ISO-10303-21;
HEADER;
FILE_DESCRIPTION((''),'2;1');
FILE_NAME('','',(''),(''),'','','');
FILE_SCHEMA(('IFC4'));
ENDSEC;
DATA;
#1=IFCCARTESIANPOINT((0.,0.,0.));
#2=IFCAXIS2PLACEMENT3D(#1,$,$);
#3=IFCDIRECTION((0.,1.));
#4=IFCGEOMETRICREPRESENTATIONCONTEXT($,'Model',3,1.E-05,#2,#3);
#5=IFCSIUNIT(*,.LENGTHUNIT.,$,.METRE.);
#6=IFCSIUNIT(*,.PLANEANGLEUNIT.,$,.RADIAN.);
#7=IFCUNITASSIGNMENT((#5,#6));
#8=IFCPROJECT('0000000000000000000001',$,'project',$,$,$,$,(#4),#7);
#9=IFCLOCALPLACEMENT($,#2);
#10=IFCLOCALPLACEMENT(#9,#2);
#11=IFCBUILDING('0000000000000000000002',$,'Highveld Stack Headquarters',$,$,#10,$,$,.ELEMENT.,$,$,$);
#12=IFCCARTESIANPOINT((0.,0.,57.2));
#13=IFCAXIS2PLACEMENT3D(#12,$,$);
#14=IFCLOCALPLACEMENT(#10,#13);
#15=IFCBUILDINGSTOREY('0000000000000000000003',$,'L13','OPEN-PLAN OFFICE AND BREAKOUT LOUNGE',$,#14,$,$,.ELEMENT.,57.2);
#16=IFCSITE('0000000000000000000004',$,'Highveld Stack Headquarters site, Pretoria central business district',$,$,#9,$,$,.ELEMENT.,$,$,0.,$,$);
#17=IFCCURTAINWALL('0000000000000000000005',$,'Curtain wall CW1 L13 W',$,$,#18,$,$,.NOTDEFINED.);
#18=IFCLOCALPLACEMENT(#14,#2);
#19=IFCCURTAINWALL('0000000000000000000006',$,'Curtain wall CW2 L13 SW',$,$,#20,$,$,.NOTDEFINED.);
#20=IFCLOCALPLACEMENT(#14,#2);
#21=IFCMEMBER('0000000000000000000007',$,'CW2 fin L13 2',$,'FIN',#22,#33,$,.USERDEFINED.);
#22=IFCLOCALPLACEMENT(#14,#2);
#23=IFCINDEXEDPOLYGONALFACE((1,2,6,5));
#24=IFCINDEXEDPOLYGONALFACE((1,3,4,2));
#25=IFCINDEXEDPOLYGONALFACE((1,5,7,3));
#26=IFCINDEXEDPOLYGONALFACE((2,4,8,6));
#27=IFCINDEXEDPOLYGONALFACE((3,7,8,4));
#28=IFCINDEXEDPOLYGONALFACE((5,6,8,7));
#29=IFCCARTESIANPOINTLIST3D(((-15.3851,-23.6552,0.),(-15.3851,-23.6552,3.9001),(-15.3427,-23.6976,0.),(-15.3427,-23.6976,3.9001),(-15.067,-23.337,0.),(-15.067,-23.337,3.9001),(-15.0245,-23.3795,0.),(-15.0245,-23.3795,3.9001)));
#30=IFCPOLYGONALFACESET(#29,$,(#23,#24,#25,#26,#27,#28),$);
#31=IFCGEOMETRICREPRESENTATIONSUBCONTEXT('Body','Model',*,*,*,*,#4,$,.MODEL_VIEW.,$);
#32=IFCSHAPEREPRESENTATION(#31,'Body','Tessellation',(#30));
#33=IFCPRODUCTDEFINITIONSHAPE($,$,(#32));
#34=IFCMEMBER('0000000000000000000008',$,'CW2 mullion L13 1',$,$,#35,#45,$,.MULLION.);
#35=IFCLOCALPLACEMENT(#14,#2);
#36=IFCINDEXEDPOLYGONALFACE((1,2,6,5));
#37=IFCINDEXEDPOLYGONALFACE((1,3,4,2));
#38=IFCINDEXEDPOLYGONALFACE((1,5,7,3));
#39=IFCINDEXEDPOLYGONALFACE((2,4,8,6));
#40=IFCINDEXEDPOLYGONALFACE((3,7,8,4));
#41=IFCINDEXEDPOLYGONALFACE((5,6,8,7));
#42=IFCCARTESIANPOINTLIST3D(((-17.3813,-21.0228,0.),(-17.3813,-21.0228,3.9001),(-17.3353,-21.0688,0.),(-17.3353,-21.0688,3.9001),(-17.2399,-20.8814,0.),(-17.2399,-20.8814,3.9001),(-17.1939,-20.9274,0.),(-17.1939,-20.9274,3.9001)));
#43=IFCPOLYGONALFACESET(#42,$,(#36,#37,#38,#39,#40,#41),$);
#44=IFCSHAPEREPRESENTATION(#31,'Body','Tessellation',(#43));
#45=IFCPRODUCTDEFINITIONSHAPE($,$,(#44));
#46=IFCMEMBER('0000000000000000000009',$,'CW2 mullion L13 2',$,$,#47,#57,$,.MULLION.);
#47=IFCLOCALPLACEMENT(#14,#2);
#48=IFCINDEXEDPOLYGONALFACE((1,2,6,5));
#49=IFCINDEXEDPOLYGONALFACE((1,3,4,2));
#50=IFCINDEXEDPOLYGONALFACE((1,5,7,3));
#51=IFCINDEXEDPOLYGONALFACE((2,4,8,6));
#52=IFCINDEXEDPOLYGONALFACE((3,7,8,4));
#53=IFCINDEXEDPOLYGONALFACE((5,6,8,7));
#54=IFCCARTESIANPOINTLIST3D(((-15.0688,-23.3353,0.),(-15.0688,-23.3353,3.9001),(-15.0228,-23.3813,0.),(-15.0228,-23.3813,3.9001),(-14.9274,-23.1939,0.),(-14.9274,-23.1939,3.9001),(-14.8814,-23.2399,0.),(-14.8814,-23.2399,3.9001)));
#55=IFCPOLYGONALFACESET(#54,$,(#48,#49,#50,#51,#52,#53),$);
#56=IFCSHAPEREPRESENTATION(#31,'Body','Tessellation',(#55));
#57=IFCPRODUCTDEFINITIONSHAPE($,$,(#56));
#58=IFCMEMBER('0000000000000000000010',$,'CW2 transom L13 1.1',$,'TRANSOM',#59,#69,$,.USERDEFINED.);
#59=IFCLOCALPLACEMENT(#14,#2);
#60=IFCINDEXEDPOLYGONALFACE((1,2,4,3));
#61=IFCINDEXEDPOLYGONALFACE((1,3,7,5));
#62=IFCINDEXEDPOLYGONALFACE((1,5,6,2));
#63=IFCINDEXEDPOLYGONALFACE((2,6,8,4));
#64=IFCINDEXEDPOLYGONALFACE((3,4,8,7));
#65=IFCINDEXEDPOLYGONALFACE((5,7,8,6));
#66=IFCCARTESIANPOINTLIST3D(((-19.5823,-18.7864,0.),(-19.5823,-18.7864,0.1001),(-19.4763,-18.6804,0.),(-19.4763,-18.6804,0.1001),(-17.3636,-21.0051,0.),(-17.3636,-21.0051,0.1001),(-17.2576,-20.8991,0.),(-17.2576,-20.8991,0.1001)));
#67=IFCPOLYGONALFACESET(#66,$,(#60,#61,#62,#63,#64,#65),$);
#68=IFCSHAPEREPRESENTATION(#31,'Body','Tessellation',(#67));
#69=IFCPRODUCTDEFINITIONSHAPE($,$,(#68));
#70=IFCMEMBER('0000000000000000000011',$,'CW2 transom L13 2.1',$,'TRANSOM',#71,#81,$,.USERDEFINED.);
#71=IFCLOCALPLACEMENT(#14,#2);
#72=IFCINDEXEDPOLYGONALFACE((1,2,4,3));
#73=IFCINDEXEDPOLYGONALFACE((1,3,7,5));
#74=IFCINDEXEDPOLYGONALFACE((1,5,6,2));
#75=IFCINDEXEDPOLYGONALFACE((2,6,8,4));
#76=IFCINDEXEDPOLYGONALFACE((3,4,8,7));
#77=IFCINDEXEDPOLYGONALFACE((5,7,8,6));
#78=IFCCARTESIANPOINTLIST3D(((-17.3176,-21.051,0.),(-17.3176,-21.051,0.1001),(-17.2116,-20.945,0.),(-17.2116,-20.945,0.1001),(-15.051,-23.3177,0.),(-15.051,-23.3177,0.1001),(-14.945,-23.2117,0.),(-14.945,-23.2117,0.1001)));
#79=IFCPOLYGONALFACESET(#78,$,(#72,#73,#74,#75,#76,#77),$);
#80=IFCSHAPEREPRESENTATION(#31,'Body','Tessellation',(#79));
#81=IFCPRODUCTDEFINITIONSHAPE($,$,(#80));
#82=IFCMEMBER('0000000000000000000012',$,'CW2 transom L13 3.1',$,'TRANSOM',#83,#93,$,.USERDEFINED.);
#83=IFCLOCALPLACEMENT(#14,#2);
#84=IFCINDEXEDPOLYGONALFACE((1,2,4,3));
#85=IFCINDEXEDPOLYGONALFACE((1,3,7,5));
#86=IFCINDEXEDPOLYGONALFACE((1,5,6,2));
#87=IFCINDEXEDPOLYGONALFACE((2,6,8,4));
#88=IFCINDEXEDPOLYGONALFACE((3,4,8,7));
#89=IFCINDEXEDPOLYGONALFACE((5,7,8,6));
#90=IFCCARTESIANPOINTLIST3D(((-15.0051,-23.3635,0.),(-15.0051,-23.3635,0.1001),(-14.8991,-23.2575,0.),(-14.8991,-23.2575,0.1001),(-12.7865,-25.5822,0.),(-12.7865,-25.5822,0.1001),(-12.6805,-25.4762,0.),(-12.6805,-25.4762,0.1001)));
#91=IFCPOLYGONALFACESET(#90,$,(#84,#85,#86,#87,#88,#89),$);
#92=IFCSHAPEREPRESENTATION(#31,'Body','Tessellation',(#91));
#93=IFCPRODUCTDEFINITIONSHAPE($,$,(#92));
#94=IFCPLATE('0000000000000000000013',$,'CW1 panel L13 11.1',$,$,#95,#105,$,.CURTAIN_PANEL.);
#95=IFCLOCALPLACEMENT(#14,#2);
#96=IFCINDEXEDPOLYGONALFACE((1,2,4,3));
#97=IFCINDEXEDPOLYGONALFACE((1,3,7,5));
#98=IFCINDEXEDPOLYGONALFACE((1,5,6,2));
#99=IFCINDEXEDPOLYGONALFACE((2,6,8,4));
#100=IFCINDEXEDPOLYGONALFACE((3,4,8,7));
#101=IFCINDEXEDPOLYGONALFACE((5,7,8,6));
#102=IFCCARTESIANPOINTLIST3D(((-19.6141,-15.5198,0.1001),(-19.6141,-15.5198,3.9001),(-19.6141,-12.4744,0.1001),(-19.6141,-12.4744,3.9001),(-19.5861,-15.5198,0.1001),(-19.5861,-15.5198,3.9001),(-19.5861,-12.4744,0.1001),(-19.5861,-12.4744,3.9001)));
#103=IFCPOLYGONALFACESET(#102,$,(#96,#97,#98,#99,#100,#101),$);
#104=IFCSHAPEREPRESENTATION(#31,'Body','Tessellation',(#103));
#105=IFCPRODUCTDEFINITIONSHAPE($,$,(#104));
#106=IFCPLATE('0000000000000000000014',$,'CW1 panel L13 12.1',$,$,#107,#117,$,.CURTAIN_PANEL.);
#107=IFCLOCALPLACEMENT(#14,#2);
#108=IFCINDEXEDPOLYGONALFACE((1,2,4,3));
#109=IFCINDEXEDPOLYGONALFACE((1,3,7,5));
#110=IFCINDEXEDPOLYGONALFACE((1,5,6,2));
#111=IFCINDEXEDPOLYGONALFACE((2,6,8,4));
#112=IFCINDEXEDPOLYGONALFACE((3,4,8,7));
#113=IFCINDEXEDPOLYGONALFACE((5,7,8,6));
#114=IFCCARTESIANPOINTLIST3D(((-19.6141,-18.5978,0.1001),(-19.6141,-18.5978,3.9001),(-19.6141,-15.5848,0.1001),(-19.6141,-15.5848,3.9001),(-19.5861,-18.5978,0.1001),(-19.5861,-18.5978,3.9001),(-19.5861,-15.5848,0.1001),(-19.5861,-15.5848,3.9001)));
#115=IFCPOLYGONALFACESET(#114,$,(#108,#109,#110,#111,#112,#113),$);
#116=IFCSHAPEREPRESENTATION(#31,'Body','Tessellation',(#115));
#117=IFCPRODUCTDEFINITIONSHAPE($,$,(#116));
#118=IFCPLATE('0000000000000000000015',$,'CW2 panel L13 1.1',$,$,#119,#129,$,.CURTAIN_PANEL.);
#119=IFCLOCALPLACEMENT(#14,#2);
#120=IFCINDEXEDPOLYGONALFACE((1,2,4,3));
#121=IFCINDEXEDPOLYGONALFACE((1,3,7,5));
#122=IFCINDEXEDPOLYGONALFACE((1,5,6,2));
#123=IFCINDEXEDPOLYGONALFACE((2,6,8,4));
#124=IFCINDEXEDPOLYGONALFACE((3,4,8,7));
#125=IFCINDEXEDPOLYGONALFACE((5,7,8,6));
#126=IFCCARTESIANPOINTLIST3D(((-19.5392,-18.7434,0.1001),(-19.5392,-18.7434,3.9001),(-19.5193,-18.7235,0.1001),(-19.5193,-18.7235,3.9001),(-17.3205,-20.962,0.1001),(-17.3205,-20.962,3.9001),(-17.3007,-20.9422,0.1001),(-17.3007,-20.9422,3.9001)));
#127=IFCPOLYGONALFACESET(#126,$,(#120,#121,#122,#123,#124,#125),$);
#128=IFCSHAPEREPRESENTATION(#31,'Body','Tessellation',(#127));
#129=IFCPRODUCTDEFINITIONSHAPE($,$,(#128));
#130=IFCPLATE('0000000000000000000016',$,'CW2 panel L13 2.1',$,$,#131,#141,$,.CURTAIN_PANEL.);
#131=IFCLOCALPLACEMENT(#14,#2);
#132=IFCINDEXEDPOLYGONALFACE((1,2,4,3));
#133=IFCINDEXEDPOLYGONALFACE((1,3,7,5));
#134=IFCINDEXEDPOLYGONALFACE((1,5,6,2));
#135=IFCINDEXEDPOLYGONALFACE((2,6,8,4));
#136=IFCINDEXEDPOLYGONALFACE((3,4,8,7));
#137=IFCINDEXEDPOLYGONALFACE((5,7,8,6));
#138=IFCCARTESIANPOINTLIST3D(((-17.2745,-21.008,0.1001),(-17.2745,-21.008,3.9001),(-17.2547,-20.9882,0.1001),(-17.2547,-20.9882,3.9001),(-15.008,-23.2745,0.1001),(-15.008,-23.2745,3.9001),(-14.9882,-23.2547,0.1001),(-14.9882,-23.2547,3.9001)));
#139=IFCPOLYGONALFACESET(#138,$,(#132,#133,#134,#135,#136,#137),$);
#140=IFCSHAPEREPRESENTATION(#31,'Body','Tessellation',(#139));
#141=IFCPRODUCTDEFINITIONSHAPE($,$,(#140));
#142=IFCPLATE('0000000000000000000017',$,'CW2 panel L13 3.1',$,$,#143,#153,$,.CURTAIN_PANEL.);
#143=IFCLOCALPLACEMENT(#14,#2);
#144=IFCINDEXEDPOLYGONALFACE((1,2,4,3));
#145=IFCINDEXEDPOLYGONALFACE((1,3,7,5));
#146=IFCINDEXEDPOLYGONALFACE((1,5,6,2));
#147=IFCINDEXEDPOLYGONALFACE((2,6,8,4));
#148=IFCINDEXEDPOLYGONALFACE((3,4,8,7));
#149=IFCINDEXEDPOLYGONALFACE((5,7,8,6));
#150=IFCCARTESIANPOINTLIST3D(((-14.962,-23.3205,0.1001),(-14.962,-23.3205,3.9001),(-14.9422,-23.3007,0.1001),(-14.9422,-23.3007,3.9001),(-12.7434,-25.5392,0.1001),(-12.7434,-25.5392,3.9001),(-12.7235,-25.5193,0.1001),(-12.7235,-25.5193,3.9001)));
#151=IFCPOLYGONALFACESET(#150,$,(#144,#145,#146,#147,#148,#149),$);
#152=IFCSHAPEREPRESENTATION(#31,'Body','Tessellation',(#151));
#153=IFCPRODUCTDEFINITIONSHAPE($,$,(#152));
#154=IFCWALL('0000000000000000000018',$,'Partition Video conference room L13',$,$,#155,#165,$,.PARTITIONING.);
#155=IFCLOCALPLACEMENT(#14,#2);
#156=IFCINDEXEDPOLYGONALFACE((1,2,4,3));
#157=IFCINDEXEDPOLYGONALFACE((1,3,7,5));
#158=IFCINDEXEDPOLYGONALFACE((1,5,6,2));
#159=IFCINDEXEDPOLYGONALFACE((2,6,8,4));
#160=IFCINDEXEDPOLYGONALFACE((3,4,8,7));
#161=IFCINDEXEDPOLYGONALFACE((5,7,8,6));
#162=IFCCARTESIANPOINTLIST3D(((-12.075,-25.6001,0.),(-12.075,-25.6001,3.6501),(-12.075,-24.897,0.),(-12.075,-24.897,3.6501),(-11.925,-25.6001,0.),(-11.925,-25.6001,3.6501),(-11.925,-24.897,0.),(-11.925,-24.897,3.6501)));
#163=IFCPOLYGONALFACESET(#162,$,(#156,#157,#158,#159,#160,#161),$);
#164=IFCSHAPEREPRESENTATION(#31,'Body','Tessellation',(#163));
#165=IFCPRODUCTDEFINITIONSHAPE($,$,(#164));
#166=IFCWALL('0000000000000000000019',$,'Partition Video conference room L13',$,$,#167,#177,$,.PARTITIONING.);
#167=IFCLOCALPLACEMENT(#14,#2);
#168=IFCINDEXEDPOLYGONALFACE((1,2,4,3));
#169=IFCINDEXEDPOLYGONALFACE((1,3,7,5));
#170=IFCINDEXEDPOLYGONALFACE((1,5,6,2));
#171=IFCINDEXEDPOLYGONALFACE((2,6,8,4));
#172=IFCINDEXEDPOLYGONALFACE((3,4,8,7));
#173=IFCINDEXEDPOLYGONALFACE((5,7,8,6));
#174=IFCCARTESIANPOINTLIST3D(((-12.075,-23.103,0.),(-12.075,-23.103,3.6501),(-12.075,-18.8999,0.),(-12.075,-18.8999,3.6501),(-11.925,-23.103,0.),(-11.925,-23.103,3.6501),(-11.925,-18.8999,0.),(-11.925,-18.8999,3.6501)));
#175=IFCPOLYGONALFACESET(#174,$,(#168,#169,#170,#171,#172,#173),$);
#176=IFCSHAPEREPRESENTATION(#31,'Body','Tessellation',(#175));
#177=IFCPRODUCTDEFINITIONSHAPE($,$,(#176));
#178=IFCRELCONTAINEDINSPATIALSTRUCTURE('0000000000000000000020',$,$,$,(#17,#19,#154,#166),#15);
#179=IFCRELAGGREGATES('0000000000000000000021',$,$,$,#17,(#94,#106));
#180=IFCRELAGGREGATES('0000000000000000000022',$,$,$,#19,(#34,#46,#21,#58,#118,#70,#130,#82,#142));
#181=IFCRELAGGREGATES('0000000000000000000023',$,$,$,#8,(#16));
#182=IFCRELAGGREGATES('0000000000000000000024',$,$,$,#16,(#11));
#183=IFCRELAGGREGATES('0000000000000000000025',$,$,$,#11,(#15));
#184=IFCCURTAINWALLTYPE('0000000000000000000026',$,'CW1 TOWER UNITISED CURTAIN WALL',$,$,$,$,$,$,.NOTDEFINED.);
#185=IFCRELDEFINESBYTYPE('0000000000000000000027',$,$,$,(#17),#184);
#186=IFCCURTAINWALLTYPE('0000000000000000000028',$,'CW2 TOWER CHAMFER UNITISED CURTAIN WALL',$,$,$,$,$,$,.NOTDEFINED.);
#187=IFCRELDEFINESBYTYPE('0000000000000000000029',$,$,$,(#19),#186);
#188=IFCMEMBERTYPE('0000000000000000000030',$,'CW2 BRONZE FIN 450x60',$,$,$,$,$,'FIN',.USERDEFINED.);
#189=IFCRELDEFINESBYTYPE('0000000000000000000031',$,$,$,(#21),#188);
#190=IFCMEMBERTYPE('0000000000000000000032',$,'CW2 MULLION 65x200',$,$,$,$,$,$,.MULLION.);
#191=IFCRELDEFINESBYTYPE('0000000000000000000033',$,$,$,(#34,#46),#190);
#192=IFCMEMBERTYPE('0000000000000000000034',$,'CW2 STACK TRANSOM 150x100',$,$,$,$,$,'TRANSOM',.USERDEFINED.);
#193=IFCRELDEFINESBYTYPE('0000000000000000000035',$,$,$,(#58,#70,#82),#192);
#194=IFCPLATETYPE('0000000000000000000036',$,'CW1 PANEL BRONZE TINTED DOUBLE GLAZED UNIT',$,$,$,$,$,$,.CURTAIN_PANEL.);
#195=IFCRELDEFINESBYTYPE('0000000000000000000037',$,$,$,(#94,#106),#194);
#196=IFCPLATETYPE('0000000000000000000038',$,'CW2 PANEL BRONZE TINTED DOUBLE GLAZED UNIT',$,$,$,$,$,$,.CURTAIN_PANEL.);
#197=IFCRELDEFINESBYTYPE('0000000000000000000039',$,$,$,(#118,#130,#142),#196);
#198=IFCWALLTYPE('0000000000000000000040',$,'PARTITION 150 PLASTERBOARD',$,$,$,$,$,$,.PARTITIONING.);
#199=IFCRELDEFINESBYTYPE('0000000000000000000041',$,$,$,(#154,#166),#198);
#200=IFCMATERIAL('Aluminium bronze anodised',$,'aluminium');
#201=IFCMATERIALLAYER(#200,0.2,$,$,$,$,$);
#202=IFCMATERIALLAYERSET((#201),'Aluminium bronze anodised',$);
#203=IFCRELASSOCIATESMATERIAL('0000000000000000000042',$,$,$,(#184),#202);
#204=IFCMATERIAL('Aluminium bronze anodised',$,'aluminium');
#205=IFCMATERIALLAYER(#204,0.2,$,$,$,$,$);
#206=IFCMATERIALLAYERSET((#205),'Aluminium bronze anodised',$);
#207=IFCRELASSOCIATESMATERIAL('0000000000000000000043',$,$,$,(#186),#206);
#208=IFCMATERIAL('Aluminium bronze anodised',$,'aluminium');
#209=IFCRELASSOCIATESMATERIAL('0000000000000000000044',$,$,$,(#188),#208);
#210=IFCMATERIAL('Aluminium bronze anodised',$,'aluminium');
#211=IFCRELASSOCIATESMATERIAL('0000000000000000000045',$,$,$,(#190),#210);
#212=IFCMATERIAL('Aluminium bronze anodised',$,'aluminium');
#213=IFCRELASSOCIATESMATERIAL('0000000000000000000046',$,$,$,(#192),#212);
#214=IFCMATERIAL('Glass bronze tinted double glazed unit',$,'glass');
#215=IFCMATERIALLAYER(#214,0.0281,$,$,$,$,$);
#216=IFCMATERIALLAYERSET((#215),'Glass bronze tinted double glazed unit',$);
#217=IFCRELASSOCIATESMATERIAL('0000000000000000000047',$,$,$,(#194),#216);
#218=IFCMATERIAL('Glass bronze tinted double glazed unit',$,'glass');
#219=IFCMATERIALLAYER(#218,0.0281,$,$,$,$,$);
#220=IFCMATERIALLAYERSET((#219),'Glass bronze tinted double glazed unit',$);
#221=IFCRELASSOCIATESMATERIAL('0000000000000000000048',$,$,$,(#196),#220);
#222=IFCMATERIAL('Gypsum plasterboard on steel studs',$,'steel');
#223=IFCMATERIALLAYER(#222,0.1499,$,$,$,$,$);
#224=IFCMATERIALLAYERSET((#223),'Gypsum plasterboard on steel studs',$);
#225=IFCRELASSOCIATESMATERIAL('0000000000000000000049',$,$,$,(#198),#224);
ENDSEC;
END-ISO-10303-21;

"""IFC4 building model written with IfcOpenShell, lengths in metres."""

from ifc_helpers import new_model, si_unit, direction, frame, frame_2d, origin, origin_2d, place, context, subcontext, project, spatial, rectangle, extrude, material, layer, layer_set, material_profile, profile_set, type_object, element, aggregate, save


model = new_model("IFC4")

# Units and contexts
model_context = context("Model", 3, precision=1e-05, world=origin(), true_north=direction((0.0, 1.0)))
body_context = subcontext(model_context, "Body", "Model", "MODEL_VIEW")
ifc_project = project(units=[si_unit("LENGTHUNIT", "METRE"), si_unit("PLANEANGLEUNIT", "RADIAN")], contexts=[model_context])

# Site, building, storey
site_placement = place(None, origin())
site = spatial("IfcSite", under=ifc_project, at=site_placement, Name="Highveld Stack Headquarters site, Pretoria central business district", CompositionType="ELEMENT", RefElevation=0.0)
building_placement = place(site_placement, origin())
building = spatial("IfcBuilding", under=site, at=building_placement, Name="Highveld Stack Headquarters", CompositionType="ELEMENT")
storey_placement = place(building_placement, frame((0.0, 0.0, 57.2)))
storey = spatial("IfcBuildingStorey", under=building, at=storey_placement, Name="L13", Description="OPEN-PLAN OFFICE AND BREAKOUT LOUNGE", CompositionType="ELEMENT", Elevation=57.2)

# Shared definitions
ifc_material_1 = material(Name="Aluminium bronze anodised", Category="aluminium")
ifc_layer_1 = layer(ifc_material_1, 0.2)
ifc_layer_set_1 = layer_set([ifc_layer_1], Name="Aluminium bronze anodised")
curtain_wall_type_1 = type_object("IfcCurtainWallType", Name="CW1 TOWER UNITISED CURTAIN WALL", PredefinedType="NOTDEFINED", material=ifc_layer_set_1)

# Curtain wall
curtain_wall_1_placement = place(storey_placement, origin())
curtain_wall_1 = element("IfcCurtainWall", 1, at=curtain_wall_1_placement, inside=storey, type_object=curtain_wall_type_1, Name="Curtain wall CW1 L13 W", PredefinedType="NOTDEFINED")

# Curtain wall, members
ifc_material_2 = material(Name="Aluminium bronze anodised", Category="aluminium")
ifc_layer_2 = layer(ifc_material_2, 0.2)
ifc_layer_set_2 = layer_set([ifc_layer_2], Name="Aluminium bronze anodised")
curtain_wall_type_2 = type_object("IfcCurtainWallType", Name="CW2 TOWER CHAMFER UNITISED CURTAIN WALL", PredefinedType="NOTDEFINED", material=ifc_layer_set_2)
curtain_wall_2_placement = place(storey_placement, origin())
curtain_wall_2 = element("IfcCurtainWall", 2, at=curtain_wall_2_placement, inside=storey, type_object=curtain_wall_type_2, Name="Curtain wall CW2 L13 SW", PredefinedType="NOTDEFINED")
ifc_material_3 = material(Name="Aluminium bronze anodised", Category="aluminium")
ifc_material_profile_1 = material_profile(ifc_material_3, rectangle(XDim=0.45, YDim=0.0601, at=origin_2d()), Name="FIN 450x60")
ifc_profile_set_1 = profile_set([ifc_material_profile_1], Name="Aluminium bronze anodised")
member_type_1 = type_object("IfcMemberType", Name="CW2 BRONZE FIN 450x60", ElementType="FIN", PredefinedType="USERDEFINED", material=ifc_profile_set_1)
member_1_placement = place(storey_placement, frame((-15.2048, -23.5173, 0.0), z_axis=(0.0, 0.0, 1.0), x_axis=(0.707107, 0.707107, 0.0)))
member_1 = element("IfcMember", 3, at=member_1_placement, type_object=member_type_1, Name="CW2 fin L13 2", ObjectType="FIN", PredefinedType="USERDEFINED", context=body_context, shape_type="SweptSolid", body=[
    extrude(rectangle(XDim=0.45, YDim=0.0601, at=origin_2d()), origin(), (0.0, 0.0, 1.0), 3.9001),
])
ifc_material_4 = material(Name="Aluminium bronze anodised", Category="aluminium")
ifc_material_profile_2 = material_profile(ifc_material_4, rectangle(XDim=0.2, YDim=0.0649, at=origin_2d()), Name="CW2 MULLION 65x200")
ifc_profile_set_2 = profile_set([ifc_material_profile_2], Name="Aluminium bronze anodised")
member_type_2 = type_object("IfcMemberType", Name="CW2 MULLION 65x200", PredefinedType="MULLION", material=ifc_profile_set_2)
member_2_placement = place(storey_placement, frame((-17.2876, -20.9751, 0.0), z_axis=(0.0, 0.0, 1.0), x_axis=(0.707107, 0.707107, 0.0)))
member_2 = element("IfcMember", 4, at=member_2_placement, type_object=member_type_2, Name="CW2 mullion L13 1", PredefinedType="MULLION", context=body_context, shape_type="SweptSolid", body=[
    extrude(rectangle(XDim=0.2, YDim=0.0649, at=origin_2d()), origin(), (0.0, 0.0, 1.0), 3.9001),
])
member_3_placement = place(storey_placement, frame((-14.9751, -23.2876, 0.0), z_axis=(0.0, 0.0, 1.0), x_axis=(0.707107, 0.707107, 0.0)))
member_3 = element("IfcMember", 5, at=member_3_placement, type_object=member_type_2, Name="CW2 mullion L13 2", PredefinedType="MULLION", context=body_context, shape_type="SweptSolid", body=[
    extrude(rectangle(XDim=0.2, YDim=0.0649, at=origin_2d()), origin(), (0.0, 0.0, 1.0), 3.9001),
])
ifc_material_5 = material(Name="Aluminium bronze anodised", Category="aluminium")
ifc_material_profile_3 = material_profile(ifc_material_5, rectangle(XDim=0.1499, YDim=0.1001, at=origin_2d()), Name="CW2 TRANSOM 150x100")
ifc_profile_set_3 = profile_set([ifc_material_profile_3], Name="Aluminium bronze anodised")
member_type_3 = type_object("IfcMemberType", Name="CW2 STACK TRANSOM 150x100", ElementType="TRANSOM", PredefinedType="USERDEFINED", material=ifc_profile_set_3)
member_4_placement = place(storey_placement, frame((-19.5293, -18.7334, 0.05), z_axis=(0.707107, -0.707107, 0.0), x_axis=(0.707107, 0.707107, 0.0)))
member_4 = element("IfcMember", 6, at=member_4_placement, type_object=member_type_3, Name="CW2 transom L13 1.1", ObjectType="TRANSOM", PredefinedType="USERDEFINED", context=body_context, shape_type="SweptSolid", body=[
    extrude(rectangle(XDim=0.1499, YDim=0.1001, at=origin_2d()), origin(), (0.0, 0.0, 1.0), 3.1377),
])
member_5_placement = place(storey_placement, frame((-17.2646, -20.998, 0.05), z_axis=(0.707107, -0.707107, 0.0), x_axis=(0.707107, 0.707107, 0.0)))
member_5 = element("IfcMember", 7, at=member_5_placement, type_object=member_type_3, Name="CW2 transom L13 2.1", ObjectType="TRANSOM", PredefinedType="USERDEFINED", context=body_context, shape_type="SweptSolid", body=[
    extrude(rectangle(XDim=0.1499, YDim=0.1001, at=origin_2d()), origin(), (0.0, 0.0, 1.0), 3.2056),
])
member_6_placement = place(storey_placement, frame((-14.9521, -23.3105, 0.05), z_axis=(0.707107, -0.707107, 0.0), x_axis=(0.707107, 0.707107, 0.0)))
member_6 = element("IfcMember", 8, at=member_6_placement, type_object=member_type_3, Name="CW2 transom L13 3.1", ObjectType="TRANSOM", PredefinedType="USERDEFINED", context=body_context, shape_type="SweptSolid", body=[
    extrude(rectangle(XDim=0.1499, YDim=0.1001, at=origin_2d()), origin(), (0.0, 0.0, 1.0), 3.1377),
])

# Plates
ifc_material_6 = material(Name="Glass bronze tinted double glazed unit", Category="glass")
ifc_layer_3 = layer(ifc_material_6, 0.0281)
ifc_layer_set_3 = layer_set([ifc_layer_3], Name="Glass bronze tinted double glazed unit")
plate_type_1 = type_object("IfcPlateType", Name="CW1 PANEL BRONZE TINTED DOUBLE GLAZED UNIT", PredefinedType="CURTAIN_PANEL", material=ifc_layer_set_3)
plate_1_placement = place(storey_placement, frame((-19.6001, -13.9971, 0.1001), z_axis=(0.0, 0.0, 1.0), x_axis=(0.0, -1.0, 0.0)))
plate_1 = element("IfcPlate", 9, at=plate_1_placement, type_object=plate_type_1, Name="CW1 panel L13 11.1", PredefinedType="CURTAIN_PANEL", context=body_context, shape_type="SweptSolid", body=[
    extrude(rectangle(XDim=3.0454, YDim=0.0281, at=origin_2d()), origin(), (0.0, 0.0, 1.0), 3.8),
])
plate_2_placement = place(storey_placement, frame((-19.6001, -17.0913, 0.1001), z_axis=(0.0, 0.0, 1.0), x_axis=(0.0, -1.0, 0.0)))
plate_2 = element("IfcPlate", 10, at=plate_2_placement, type_object=plate_type_1, Name="CW1 panel L13 12.1", PredefinedType="CURTAIN_PANEL", context=body_context, shape_type="SweptSolid", body=[
    extrude(rectangle(XDim=3.0129, YDim=0.0281, at=origin_2d()), origin(), (0.0, 0.0, 1.0), 3.8),
])
aggregate(curtain_wall_1, [plate_1, plate_2])
ifc_material_7 = material(Name="Glass bronze tinted double glazed unit", Category="glass")
ifc_layer_4 = layer(ifc_material_7, 0.0281)
ifc_layer_set_4 = layer_set([ifc_layer_4], Name="Glass bronze tinted double glazed unit")
plate_type_2 = type_object("IfcPlateType", Name="CW2 PANEL BRONZE TINTED DOUBLE GLAZED UNIT", PredefinedType="CURTAIN_PANEL", material=ifc_layer_set_4)
plate_3_placement = place(storey_placement, frame((-18.4199, -19.8428, 0.1001), z_axis=(0.0, 0.0, 1.0), x_axis=(0.707107, -0.707107, 0.0)))
plate_3 = element("IfcPlate", 11, at=plate_3_placement, type_object=plate_type_2, Name="CW2 panel L13 1.1", PredefinedType="CURTAIN_PANEL", context=body_context, shape_type="SweptSolid", body=[
    extrude(rectangle(XDim=3.1377, YDim=0.0281, at=origin_2d()), origin(), (0.0, 0.0, 1.0), 3.8),
])
plate_4_placement = place(storey_placement, frame((-16.1313, -22.1313, 0.1001), z_axis=(0.0, 0.0, 1.0), x_axis=(0.707107, -0.707107, 0.0)))
plate_4 = element("IfcPlate", 12, at=plate_4_placement, type_object=plate_type_2, Name="CW2 panel L13 2.1", PredefinedType="CURTAIN_PANEL", context=body_context, shape_type="SweptSolid", body=[
    extrude(rectangle(XDim=3.2053, YDim=0.0281, at=origin_2d()), origin(), (0.0, 0.0, 1.0), 3.8),
])
plate_5_placement = place(storey_placement, frame((-13.8428, -24.4199, 0.1001), z_axis=(0.0, 0.0, 1.0), x_axis=(0.707107, -0.707107, 0.0)))
plate_5 = element("IfcPlate", 13, at=plate_5_placement, type_object=plate_type_2, Name="CW2 panel L13 3.1", PredefinedType="CURTAIN_PANEL", context=body_context, shape_type="SweptSolid", body=[
    extrude(rectangle(XDim=3.1377, YDim=0.0281, at=origin_2d()), origin(), (0.0, 0.0, 1.0), 3.8),
])
aggregate(curtain_wall_2, [member_2, member_3, member_1, member_4, plate_3, member_5, plate_4, member_6, plate_5])

# Walls
ifc_material_8 = material(Name="Gypsum plasterboard on steel studs", Category="steel")
ifc_layer_5 = layer(ifc_material_8, 0.1499)
ifc_layer_set_5 = layer_set([ifc_layer_5], Name="Gypsum plasterboard on steel studs")
wall_type = type_object("IfcWallType", Name="PARTITION 150 PLASTERBOARD", PredefinedType="PARTITIONING", material=ifc_layer_set_5)
wall_1_placement = place(storey_placement, frame((-12.0, -25.6001, 0.0), z_axis=(0.0, 0.0, 1.0), x_axis=(0.0, 1.0, 0.0)))
element("IfcWall", 14, at=wall_1_placement, inside=storey, type_object=wall_type, Name="Partition Video conference room L13", PredefinedType="PARTITIONING", context=body_context, shape_type="SweptSolid", body=[
    extrude(rectangle(XDim=0.7031, YDim=0.1499, at=frame_2d((0.3516, 0.0))), origin(), (0.0, 0.0, 1.0), 3.6501),
])
wall_2_placement = place(storey_placement, frame((-12.0, -23.103, 0.0), z_axis=(0.0, 0.0, 1.0), x_axis=(0.0, 1.0, 0.0)))
element("IfcWall", 15, at=wall_2_placement, inside=storey, type_object=wall_type, Name="Partition Video conference room L13", PredefinedType="PARTITIONING", context=body_context, shape_type="SweptSolid", body=[
    extrude(rectangle(XDim=4.2031, YDim=0.1499, at=frame_2d((2.1016, 0.0))), origin(), (0.0, 0.0, 1.0), 3.6501),
])

save(model, "model.ifc")
